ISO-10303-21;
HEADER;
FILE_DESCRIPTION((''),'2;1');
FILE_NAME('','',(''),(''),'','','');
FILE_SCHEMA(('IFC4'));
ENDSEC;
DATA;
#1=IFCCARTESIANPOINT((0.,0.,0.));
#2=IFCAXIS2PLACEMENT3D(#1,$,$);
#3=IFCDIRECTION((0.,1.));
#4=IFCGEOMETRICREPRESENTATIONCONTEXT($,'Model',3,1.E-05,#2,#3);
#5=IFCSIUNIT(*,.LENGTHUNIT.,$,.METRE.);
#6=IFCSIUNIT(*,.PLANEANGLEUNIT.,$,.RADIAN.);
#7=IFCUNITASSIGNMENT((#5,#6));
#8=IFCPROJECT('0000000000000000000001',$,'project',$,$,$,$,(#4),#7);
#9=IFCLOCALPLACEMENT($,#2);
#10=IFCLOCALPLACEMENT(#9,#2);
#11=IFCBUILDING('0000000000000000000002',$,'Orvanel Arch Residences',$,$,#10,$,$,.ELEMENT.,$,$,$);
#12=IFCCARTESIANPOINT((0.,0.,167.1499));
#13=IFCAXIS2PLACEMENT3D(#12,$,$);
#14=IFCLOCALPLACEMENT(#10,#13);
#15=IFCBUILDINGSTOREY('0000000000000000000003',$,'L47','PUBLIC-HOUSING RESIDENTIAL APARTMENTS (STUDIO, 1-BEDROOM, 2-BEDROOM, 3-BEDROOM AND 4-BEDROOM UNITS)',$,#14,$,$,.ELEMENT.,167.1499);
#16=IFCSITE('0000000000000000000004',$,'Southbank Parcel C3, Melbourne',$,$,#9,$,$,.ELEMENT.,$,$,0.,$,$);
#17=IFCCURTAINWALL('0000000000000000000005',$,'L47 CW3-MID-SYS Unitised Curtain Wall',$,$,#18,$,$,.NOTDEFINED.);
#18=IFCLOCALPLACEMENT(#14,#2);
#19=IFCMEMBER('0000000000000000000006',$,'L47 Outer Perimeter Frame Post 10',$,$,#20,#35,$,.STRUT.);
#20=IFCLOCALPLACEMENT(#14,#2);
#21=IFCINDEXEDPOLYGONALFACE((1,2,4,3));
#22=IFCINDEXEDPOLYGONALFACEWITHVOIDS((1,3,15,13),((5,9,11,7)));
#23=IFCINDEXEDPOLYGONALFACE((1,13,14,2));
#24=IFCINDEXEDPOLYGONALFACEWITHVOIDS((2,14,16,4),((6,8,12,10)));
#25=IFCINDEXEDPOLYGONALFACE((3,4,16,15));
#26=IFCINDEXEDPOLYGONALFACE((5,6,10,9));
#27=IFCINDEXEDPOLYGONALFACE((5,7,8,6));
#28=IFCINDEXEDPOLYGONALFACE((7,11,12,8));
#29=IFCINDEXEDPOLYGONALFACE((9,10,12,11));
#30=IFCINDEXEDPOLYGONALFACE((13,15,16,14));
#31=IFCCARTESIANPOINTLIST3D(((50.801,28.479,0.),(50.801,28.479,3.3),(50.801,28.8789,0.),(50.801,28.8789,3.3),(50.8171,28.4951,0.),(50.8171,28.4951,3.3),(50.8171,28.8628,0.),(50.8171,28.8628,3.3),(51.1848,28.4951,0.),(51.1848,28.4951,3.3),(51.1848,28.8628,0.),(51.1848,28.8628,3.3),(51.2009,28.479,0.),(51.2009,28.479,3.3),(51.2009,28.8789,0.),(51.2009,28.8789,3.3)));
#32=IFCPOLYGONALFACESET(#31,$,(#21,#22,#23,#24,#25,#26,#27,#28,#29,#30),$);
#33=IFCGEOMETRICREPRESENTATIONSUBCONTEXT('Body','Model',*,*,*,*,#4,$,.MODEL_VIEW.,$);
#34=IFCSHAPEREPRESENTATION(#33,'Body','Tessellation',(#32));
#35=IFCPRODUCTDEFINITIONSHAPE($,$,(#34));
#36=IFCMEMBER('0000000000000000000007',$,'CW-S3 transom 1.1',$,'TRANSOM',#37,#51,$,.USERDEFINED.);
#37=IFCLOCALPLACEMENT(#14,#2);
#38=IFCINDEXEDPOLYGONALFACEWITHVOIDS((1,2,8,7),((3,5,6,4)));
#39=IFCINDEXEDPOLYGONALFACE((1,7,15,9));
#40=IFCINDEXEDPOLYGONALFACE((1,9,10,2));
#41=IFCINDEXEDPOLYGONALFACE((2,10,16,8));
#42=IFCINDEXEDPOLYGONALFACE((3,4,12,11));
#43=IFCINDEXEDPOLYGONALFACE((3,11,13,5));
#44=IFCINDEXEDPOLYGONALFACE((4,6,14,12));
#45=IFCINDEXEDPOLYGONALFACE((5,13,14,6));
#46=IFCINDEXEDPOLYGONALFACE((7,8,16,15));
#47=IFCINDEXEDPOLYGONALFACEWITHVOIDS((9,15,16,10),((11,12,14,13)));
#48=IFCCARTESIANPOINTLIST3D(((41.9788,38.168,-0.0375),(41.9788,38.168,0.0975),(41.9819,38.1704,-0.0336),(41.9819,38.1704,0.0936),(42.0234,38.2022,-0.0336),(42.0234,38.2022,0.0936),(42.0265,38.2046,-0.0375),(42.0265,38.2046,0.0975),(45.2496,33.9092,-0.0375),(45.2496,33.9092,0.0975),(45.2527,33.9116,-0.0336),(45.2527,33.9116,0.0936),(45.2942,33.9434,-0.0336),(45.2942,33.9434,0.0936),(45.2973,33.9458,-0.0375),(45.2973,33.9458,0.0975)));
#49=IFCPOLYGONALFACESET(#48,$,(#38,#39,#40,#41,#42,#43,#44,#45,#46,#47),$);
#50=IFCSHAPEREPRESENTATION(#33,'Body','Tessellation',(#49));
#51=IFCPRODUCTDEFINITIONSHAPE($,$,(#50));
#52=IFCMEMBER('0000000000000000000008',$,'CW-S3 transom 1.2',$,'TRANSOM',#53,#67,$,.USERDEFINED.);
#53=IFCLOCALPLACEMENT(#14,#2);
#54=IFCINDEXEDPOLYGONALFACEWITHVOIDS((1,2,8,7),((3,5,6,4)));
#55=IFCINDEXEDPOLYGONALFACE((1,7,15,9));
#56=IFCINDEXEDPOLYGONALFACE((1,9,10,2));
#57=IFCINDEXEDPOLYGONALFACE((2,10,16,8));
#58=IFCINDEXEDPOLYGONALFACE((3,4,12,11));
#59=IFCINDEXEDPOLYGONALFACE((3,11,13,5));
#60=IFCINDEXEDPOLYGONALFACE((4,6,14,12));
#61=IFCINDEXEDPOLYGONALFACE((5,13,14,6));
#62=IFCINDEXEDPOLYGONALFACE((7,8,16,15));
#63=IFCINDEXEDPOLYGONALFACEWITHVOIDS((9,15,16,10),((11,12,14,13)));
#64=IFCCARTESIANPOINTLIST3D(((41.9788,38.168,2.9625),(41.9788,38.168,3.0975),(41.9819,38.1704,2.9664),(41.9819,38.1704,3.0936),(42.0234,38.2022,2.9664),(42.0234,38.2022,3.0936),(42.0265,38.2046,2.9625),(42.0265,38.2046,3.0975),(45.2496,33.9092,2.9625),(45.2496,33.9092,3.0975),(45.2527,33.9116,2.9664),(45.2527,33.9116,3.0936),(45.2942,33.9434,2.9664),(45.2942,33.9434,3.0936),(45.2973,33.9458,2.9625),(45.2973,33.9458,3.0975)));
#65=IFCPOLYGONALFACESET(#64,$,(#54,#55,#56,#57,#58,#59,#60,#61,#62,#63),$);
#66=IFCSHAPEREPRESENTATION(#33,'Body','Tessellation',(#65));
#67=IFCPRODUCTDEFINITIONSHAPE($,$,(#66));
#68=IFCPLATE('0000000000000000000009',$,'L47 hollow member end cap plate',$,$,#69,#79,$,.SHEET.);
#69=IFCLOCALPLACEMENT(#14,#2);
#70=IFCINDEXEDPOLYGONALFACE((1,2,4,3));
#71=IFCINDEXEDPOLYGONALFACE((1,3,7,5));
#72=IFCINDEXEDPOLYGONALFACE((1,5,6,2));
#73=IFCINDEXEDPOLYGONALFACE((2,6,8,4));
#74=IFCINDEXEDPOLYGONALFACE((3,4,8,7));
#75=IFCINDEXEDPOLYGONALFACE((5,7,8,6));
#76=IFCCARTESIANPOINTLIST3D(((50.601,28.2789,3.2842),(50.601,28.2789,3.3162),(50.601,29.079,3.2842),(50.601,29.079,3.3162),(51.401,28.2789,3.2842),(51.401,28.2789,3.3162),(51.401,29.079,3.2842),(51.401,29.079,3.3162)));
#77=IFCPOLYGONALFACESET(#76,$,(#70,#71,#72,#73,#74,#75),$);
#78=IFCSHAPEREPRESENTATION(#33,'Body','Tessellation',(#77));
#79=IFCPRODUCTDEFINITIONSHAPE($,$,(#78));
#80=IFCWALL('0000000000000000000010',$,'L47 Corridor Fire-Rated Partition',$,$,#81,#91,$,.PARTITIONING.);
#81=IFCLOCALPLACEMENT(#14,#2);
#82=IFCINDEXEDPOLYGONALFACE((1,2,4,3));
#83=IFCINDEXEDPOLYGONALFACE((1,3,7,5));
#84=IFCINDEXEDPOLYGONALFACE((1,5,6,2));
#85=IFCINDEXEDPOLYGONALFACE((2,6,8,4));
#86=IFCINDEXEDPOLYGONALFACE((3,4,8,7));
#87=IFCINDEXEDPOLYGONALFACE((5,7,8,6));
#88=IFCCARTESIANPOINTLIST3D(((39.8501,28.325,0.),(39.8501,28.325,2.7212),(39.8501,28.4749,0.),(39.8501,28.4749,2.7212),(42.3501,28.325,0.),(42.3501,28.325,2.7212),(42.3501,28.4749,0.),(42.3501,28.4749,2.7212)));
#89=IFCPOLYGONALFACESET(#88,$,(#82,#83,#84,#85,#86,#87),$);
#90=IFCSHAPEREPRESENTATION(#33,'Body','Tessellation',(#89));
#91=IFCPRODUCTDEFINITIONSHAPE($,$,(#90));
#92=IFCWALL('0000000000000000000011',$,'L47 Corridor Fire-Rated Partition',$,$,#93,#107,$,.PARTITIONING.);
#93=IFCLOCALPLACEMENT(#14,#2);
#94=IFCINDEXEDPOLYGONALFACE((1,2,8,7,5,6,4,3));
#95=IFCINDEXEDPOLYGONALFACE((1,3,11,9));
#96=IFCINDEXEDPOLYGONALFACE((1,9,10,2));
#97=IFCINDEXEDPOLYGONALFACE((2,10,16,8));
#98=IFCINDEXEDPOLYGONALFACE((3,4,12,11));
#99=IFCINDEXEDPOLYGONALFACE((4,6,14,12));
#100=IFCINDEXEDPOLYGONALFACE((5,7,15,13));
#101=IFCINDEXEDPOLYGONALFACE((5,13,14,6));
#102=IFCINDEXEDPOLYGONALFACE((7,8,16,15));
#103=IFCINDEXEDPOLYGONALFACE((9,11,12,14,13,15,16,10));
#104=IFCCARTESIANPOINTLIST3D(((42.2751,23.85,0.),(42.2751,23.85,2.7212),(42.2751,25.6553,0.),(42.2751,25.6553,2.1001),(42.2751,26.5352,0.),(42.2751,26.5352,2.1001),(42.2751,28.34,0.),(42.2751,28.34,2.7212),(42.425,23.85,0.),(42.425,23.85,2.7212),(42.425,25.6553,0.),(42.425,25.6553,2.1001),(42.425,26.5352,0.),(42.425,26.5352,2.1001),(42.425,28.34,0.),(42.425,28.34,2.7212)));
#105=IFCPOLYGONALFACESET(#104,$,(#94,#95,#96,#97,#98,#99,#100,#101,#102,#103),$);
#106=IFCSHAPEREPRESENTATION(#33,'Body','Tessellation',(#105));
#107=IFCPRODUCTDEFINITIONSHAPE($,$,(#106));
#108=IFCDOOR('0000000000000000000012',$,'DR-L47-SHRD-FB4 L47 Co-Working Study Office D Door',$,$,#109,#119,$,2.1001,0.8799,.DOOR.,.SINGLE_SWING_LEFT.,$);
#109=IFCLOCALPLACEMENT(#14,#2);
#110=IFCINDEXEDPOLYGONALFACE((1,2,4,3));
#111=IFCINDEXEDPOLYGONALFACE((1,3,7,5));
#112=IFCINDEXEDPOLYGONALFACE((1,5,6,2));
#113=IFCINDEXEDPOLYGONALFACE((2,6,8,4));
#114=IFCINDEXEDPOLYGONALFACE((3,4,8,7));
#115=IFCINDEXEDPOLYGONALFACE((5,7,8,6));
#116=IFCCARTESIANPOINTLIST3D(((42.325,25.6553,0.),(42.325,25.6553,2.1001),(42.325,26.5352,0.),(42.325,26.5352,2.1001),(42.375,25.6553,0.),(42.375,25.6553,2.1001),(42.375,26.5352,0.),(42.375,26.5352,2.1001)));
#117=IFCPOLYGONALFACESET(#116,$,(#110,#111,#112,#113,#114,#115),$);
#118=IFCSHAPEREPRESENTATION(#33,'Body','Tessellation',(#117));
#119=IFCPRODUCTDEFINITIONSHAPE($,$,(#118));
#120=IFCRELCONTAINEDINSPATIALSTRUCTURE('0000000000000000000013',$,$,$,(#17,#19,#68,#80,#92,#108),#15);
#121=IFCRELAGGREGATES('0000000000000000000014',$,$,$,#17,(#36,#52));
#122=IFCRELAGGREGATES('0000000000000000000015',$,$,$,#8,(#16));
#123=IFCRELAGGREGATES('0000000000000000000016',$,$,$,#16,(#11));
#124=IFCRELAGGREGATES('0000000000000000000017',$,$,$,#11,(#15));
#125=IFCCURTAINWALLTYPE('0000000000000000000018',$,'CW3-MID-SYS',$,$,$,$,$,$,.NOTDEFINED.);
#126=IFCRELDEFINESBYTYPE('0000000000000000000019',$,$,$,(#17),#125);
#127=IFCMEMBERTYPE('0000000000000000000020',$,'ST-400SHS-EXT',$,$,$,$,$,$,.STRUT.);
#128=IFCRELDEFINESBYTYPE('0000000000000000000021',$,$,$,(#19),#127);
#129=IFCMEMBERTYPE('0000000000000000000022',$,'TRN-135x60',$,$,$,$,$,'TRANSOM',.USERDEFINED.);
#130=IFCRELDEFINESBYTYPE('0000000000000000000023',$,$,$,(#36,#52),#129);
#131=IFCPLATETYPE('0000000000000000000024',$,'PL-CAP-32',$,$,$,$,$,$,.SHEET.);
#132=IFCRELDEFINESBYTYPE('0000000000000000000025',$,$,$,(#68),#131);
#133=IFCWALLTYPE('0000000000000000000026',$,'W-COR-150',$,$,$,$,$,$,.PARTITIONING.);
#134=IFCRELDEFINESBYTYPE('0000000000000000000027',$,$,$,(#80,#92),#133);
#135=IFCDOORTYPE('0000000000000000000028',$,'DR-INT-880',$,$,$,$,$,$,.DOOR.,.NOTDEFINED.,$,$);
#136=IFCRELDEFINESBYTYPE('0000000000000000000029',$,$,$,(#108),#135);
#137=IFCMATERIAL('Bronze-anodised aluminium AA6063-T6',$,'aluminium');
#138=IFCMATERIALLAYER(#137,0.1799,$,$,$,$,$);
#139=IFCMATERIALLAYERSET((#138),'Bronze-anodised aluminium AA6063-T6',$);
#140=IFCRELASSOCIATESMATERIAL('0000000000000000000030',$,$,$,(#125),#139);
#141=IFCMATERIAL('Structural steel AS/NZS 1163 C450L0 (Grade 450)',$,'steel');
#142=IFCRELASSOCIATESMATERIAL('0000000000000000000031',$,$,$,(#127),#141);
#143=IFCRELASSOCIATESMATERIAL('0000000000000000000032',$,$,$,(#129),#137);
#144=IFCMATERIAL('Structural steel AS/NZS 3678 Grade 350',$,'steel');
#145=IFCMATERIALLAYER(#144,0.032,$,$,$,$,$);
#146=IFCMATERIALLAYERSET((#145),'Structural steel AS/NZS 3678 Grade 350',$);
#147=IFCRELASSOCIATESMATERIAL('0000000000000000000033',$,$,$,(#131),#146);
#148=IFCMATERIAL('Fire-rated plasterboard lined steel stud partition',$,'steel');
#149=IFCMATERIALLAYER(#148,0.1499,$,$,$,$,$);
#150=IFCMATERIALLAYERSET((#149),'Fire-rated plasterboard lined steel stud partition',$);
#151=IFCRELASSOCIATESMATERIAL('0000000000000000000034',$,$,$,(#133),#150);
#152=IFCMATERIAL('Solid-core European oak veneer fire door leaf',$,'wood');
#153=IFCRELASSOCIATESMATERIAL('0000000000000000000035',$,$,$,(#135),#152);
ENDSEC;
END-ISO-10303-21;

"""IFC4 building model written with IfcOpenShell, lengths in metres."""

from ifc_helpers import new_model, si_unit, direction, frame, frame_2d, origin, origin_2d, place, context, subcontext, project, spatial, rectangle, hollow_rectangle, extrude, material, layer, layer_set, material_profile, profile_set, type_object, element, fill, aggregate, save


model = new_model("IFC4")

# Units and contexts
model_context = context("Model", 3, precision=1e-05, world=origin(), true_north=direction((0.0, 1.0)))
body_context = subcontext(model_context, "Body", "Model", "MODEL_VIEW")
ifc_project = project(units=[si_unit("LENGTHUNIT", "METRE"), si_unit("PLANEANGLEUNIT", "RADIAN")], contexts=[model_context])

# Site, building, storey
site_placement = place(None, origin())
site = spatial("IfcSite", under=ifc_project, at=site_placement, Name="Southbank Parcel C3, Melbourne", CompositionType="ELEMENT", RefElevation=0.0)
building_placement = place(site_placement, origin())
building = spatial("IfcBuilding", under=site, at=building_placement, Name="Orvanel Arch Residences", CompositionType="ELEMENT")
storey_placement = place(building_placement, frame((0.0, 0.0, 167.1499)))
storey = spatial("IfcBuildingStorey", under=building, at=storey_placement, Name="L47", Description="PUBLIC-HOUSING RESIDENTIAL APARTMENTS (STUDIO, 1-BEDROOM, 2-BEDROOM, 3-BEDROOM AND 4-BEDROOM UNITS)", CompositionType="ELEMENT", Elevation=167.1499)

# Shared definitions
ifc_material_1 = material(Name="Structural steel AS/NZS 1163 C450L0 (Grade 450)", Category="steel")

# Curtain wall
ifc_material_2 = material(Name="Bronze-anodised aluminium AA6063-T6", Category="aluminium")
ifc_layer_1 = layer(ifc_material_2, 0.1799)
ifc_layer_set_1 = layer_set([ifc_layer_1], Name="Bronze-anodised aluminium AA6063-T6")
curtain_wall_type = type_object("IfcCurtainWallType", Name="CW3-MID-SYS", PredefinedType="NOTDEFINED", material=ifc_layer_set_1)
curtain_wall_placement = place(storey_placement, origin())
curtain_wall = element("IfcCurtainWall", 1, at=curtain_wall_placement, inside=storey, type_object=curtain_wall_type, Name="L47 CW3-MID-SYS Unitised Curtain Wall", PredefinedType="NOTDEFINED")

# Members
ifc_material_profile_1 = material_profile(ifc_material_1, hollow_rectangle(XDim=0.3999, YDim=0.3999, WallThickness=0.0161, at=origin_2d()), Name="SHS400x400x16")
ifc_profile_set_1 = profile_set([ifc_material_profile_1], Name="Structural steel AS/NZS 1163 C450L0 (Grade 450)")
member_type_1 = type_object("IfcMemberType", Name="ST-400SHS-EXT", PredefinedType="STRUT", material=ifc_profile_set_1)
member_1_placement = place(storey_placement, frame((51.001, 28.679, 0.0), z_axis=(0.0, 0.0, 1.0), x_axis=(1.0, 0.0, 0.0)))
element("IfcMember", 2, at=member_1_placement, inside=storey, type_object=member_type_1, Name="L47 Outer Perimeter Frame Post 10", PredefinedType="STRUT", context=body_context, shape_type="SweptSolid", body=[
    extrude(hollow_rectangle(XDim=0.3999, YDim=0.3999, WallThickness=0.0161, at=origin_2d()), origin(), (0.0, 0.0, 1.0), 3.3),
])
ifc_material_profile_2 = material_profile(ifc_material_2, hollow_rectangle(XDim=0.0601, YDim=0.135, WallThickness=0.0039, at=origin_2d()), Name="ALU135x60x4")
ifc_profile_set_2 = profile_set([ifc_material_profile_2], Name="Bronze-anodised aluminium AA6063-T6")
member_type_2 = type_object("IfcMemberType", Name="TRN-135x60", ElementType="TRANSOM", PredefinedType="USERDEFINED", material=ifc_profile_set_2)
member_2_placement = place(storey_placement, frame((45.2734, 33.9275, 0.03), z_axis=(-0.609098, 0.793095, 0.0), x_axis=(-0.793095, -0.609098, 0.0)))
member_2 = element("IfcMember", 3, at=member_2_placement, type_object=member_type_2, Name="CW-S3 transom 1.1", ObjectType="TRANSOM", PredefinedType="USERDEFINED", context=body_context, shape_type="SweptSolid", body=[
    extrude(hollow_rectangle(XDim=0.0601, YDim=0.135, WallThickness=0.0039, at=origin_2d()), origin(), (0.0, 0.0, 1.0), 5.3699),
])
member_3_placement = place(storey_placement, frame((45.2734, 33.9275, 3.03), z_axis=(-0.609098, 0.793095, 0.0), x_axis=(-0.793095, -0.609098, 0.0)))
member_3 = element("IfcMember", 4, at=member_3_placement, type_object=member_type_2, Name="CW-S3 transom 1.2", ObjectType="TRANSOM", PredefinedType="USERDEFINED", context=body_context, shape_type="SweptSolid", body=[
    extrude(hollow_rectangle(XDim=0.0601, YDim=0.135, WallThickness=0.0039, at=origin_2d()), origin(), (0.0, 0.0, 1.0), 5.3699),
])
aggregate(curtain_wall, [member_2, member_3])

# Plate
ifc_material_3 = material(Name="Structural steel AS/NZS 3678 Grade 350", Category="steel")
ifc_layer_2 = layer(ifc_material_3, 0.032)
ifc_layer_set_2 = layer_set([ifc_layer_2], Name="Structural steel AS/NZS 3678 Grade 350")
plate_type = type_object("IfcPlateType", Name="PL-CAP-32", PredefinedType="SHEET", material=ifc_layer_set_2)
plate_placement = place(storey_placement, frame((51.001, 28.679, 3.2842), z_axis=(0.0, 0.0, 1.0), x_axis=(1.0, 0.0, 0.0)))
element("IfcPlate", 5, at=plate_placement, inside=storey, type_object=plate_type, Name="L47 hollow member end cap plate", PredefinedType="SHEET", context=body_context, shape_type="SweptSolid", body=[
    extrude(rectangle(XDim=0.8, YDim=0.8, at=origin_2d()), origin(), (0.0, 0.0, 1.0), 0.032),
])

# Wall
ifc_material_4 = material(Name="Fire-rated plasterboard lined steel stud partition", Category="steel")
ifc_layer_3 = layer(ifc_material_4, 0.1499)
ifc_layer_set_3 = layer_set([ifc_layer_3], Name="Fire-rated plasterboard lined steel stud partition")
wall_type = type_object("IfcWallType", Name="W-COR-150", PredefinedType="PARTITIONING", material=ifc_layer_set_3)
wall_1_placement = place(storey_placement, frame((39.8501, 28.3999, 0.0), z_axis=(0.0, 0.0, 1.0), x_axis=(1.0, 0.0, 0.0)))
element("IfcWall", 6, at=wall_1_placement, inside=storey, type_object=wall_type, Name="L47 Corridor Fire-Rated Partition", PredefinedType="PARTITIONING", context=body_context, shape_type="SweptSolid", body=[
    extrude(rectangle(XDim=2.5, YDim=0.1499, at=frame_2d((1.25, 0.0))), origin(), (0.0, 0.0, 1.0), 2.7212),
])

# Wall, opening, door
wall_2_placement = place(storey_placement, frame((42.3501, 28.3401, 0.0), z_axis=(0.0, 0.0, 1.0), x_axis=(0.0, -1.0, 0.0)))
wall_2 = element("IfcWall", 7, at=wall_2_placement, inside=storey, type_object=wall_type, Name="L47 Corridor Fire-Rated Partition", PredefinedType="PARTITIONING", context=body_context, shape_type="SweptSolid", body=[
    extrude(rectangle(XDim=4.49, YDim=0.1499, at=frame_2d((2.2451, 0.0))), origin(), (0.0, 0.0, 1.0), 2.7212),
])
opening_placement = place(wall_2_placement, frame((1.8049, 0.0, 0.0)))
opening = element("IfcOpeningElement", 8, at=opening_placement, cuts=wall_2, PredefinedType="OPENING", context=body_context, shape_type="SweptSolid", body=[
    extrude(rectangle(XDim=0.8799, YDim=2.1001, at=frame_2d((0.4399, 1.05))), frame((0.0, 0.085, 0.0), z_axis=(0.0, -1.0, 0.0), x_axis=(1.0, 0.0, 0.0)), (0.0, 0.0, 1.0), 0.1699),
])
ifc_material_5 = material(Name="Solid-core European oak veneer fire door leaf", Category="wood")
door_type = type_object("IfcDoorType", Name="DR-INT-880", OperationType="NOTDEFINED", PredefinedType="DOOR", material=ifc_material_5)
door_placement = place(opening_placement, origin())
door = element("IfcDoor", 9, at=door_placement, inside=storey, type_object=door_type, Name="DR-L47-SHRD-FB4 L47 Co-Working Study Office D Door", OperationType="SINGLE_SWING_LEFT", OverallHeight=2.1001, OverallWidth=0.8799, PredefinedType="DOOR", context=body_context, shape_type="SweptSolid", body=[
    extrude(rectangle(XDim=0.8799, YDim=2.1001, at=frame_2d((0.4399, 1.05))), frame((0.0, 0.0249, 0.0), z_axis=(0.0, -1.0, 0.0), x_axis=(1.0, 0.0, 0.0)), (0.0, 0.0, 1.0), 0.05),
])
fill(opening, door)

save(model, "model.ifc")
